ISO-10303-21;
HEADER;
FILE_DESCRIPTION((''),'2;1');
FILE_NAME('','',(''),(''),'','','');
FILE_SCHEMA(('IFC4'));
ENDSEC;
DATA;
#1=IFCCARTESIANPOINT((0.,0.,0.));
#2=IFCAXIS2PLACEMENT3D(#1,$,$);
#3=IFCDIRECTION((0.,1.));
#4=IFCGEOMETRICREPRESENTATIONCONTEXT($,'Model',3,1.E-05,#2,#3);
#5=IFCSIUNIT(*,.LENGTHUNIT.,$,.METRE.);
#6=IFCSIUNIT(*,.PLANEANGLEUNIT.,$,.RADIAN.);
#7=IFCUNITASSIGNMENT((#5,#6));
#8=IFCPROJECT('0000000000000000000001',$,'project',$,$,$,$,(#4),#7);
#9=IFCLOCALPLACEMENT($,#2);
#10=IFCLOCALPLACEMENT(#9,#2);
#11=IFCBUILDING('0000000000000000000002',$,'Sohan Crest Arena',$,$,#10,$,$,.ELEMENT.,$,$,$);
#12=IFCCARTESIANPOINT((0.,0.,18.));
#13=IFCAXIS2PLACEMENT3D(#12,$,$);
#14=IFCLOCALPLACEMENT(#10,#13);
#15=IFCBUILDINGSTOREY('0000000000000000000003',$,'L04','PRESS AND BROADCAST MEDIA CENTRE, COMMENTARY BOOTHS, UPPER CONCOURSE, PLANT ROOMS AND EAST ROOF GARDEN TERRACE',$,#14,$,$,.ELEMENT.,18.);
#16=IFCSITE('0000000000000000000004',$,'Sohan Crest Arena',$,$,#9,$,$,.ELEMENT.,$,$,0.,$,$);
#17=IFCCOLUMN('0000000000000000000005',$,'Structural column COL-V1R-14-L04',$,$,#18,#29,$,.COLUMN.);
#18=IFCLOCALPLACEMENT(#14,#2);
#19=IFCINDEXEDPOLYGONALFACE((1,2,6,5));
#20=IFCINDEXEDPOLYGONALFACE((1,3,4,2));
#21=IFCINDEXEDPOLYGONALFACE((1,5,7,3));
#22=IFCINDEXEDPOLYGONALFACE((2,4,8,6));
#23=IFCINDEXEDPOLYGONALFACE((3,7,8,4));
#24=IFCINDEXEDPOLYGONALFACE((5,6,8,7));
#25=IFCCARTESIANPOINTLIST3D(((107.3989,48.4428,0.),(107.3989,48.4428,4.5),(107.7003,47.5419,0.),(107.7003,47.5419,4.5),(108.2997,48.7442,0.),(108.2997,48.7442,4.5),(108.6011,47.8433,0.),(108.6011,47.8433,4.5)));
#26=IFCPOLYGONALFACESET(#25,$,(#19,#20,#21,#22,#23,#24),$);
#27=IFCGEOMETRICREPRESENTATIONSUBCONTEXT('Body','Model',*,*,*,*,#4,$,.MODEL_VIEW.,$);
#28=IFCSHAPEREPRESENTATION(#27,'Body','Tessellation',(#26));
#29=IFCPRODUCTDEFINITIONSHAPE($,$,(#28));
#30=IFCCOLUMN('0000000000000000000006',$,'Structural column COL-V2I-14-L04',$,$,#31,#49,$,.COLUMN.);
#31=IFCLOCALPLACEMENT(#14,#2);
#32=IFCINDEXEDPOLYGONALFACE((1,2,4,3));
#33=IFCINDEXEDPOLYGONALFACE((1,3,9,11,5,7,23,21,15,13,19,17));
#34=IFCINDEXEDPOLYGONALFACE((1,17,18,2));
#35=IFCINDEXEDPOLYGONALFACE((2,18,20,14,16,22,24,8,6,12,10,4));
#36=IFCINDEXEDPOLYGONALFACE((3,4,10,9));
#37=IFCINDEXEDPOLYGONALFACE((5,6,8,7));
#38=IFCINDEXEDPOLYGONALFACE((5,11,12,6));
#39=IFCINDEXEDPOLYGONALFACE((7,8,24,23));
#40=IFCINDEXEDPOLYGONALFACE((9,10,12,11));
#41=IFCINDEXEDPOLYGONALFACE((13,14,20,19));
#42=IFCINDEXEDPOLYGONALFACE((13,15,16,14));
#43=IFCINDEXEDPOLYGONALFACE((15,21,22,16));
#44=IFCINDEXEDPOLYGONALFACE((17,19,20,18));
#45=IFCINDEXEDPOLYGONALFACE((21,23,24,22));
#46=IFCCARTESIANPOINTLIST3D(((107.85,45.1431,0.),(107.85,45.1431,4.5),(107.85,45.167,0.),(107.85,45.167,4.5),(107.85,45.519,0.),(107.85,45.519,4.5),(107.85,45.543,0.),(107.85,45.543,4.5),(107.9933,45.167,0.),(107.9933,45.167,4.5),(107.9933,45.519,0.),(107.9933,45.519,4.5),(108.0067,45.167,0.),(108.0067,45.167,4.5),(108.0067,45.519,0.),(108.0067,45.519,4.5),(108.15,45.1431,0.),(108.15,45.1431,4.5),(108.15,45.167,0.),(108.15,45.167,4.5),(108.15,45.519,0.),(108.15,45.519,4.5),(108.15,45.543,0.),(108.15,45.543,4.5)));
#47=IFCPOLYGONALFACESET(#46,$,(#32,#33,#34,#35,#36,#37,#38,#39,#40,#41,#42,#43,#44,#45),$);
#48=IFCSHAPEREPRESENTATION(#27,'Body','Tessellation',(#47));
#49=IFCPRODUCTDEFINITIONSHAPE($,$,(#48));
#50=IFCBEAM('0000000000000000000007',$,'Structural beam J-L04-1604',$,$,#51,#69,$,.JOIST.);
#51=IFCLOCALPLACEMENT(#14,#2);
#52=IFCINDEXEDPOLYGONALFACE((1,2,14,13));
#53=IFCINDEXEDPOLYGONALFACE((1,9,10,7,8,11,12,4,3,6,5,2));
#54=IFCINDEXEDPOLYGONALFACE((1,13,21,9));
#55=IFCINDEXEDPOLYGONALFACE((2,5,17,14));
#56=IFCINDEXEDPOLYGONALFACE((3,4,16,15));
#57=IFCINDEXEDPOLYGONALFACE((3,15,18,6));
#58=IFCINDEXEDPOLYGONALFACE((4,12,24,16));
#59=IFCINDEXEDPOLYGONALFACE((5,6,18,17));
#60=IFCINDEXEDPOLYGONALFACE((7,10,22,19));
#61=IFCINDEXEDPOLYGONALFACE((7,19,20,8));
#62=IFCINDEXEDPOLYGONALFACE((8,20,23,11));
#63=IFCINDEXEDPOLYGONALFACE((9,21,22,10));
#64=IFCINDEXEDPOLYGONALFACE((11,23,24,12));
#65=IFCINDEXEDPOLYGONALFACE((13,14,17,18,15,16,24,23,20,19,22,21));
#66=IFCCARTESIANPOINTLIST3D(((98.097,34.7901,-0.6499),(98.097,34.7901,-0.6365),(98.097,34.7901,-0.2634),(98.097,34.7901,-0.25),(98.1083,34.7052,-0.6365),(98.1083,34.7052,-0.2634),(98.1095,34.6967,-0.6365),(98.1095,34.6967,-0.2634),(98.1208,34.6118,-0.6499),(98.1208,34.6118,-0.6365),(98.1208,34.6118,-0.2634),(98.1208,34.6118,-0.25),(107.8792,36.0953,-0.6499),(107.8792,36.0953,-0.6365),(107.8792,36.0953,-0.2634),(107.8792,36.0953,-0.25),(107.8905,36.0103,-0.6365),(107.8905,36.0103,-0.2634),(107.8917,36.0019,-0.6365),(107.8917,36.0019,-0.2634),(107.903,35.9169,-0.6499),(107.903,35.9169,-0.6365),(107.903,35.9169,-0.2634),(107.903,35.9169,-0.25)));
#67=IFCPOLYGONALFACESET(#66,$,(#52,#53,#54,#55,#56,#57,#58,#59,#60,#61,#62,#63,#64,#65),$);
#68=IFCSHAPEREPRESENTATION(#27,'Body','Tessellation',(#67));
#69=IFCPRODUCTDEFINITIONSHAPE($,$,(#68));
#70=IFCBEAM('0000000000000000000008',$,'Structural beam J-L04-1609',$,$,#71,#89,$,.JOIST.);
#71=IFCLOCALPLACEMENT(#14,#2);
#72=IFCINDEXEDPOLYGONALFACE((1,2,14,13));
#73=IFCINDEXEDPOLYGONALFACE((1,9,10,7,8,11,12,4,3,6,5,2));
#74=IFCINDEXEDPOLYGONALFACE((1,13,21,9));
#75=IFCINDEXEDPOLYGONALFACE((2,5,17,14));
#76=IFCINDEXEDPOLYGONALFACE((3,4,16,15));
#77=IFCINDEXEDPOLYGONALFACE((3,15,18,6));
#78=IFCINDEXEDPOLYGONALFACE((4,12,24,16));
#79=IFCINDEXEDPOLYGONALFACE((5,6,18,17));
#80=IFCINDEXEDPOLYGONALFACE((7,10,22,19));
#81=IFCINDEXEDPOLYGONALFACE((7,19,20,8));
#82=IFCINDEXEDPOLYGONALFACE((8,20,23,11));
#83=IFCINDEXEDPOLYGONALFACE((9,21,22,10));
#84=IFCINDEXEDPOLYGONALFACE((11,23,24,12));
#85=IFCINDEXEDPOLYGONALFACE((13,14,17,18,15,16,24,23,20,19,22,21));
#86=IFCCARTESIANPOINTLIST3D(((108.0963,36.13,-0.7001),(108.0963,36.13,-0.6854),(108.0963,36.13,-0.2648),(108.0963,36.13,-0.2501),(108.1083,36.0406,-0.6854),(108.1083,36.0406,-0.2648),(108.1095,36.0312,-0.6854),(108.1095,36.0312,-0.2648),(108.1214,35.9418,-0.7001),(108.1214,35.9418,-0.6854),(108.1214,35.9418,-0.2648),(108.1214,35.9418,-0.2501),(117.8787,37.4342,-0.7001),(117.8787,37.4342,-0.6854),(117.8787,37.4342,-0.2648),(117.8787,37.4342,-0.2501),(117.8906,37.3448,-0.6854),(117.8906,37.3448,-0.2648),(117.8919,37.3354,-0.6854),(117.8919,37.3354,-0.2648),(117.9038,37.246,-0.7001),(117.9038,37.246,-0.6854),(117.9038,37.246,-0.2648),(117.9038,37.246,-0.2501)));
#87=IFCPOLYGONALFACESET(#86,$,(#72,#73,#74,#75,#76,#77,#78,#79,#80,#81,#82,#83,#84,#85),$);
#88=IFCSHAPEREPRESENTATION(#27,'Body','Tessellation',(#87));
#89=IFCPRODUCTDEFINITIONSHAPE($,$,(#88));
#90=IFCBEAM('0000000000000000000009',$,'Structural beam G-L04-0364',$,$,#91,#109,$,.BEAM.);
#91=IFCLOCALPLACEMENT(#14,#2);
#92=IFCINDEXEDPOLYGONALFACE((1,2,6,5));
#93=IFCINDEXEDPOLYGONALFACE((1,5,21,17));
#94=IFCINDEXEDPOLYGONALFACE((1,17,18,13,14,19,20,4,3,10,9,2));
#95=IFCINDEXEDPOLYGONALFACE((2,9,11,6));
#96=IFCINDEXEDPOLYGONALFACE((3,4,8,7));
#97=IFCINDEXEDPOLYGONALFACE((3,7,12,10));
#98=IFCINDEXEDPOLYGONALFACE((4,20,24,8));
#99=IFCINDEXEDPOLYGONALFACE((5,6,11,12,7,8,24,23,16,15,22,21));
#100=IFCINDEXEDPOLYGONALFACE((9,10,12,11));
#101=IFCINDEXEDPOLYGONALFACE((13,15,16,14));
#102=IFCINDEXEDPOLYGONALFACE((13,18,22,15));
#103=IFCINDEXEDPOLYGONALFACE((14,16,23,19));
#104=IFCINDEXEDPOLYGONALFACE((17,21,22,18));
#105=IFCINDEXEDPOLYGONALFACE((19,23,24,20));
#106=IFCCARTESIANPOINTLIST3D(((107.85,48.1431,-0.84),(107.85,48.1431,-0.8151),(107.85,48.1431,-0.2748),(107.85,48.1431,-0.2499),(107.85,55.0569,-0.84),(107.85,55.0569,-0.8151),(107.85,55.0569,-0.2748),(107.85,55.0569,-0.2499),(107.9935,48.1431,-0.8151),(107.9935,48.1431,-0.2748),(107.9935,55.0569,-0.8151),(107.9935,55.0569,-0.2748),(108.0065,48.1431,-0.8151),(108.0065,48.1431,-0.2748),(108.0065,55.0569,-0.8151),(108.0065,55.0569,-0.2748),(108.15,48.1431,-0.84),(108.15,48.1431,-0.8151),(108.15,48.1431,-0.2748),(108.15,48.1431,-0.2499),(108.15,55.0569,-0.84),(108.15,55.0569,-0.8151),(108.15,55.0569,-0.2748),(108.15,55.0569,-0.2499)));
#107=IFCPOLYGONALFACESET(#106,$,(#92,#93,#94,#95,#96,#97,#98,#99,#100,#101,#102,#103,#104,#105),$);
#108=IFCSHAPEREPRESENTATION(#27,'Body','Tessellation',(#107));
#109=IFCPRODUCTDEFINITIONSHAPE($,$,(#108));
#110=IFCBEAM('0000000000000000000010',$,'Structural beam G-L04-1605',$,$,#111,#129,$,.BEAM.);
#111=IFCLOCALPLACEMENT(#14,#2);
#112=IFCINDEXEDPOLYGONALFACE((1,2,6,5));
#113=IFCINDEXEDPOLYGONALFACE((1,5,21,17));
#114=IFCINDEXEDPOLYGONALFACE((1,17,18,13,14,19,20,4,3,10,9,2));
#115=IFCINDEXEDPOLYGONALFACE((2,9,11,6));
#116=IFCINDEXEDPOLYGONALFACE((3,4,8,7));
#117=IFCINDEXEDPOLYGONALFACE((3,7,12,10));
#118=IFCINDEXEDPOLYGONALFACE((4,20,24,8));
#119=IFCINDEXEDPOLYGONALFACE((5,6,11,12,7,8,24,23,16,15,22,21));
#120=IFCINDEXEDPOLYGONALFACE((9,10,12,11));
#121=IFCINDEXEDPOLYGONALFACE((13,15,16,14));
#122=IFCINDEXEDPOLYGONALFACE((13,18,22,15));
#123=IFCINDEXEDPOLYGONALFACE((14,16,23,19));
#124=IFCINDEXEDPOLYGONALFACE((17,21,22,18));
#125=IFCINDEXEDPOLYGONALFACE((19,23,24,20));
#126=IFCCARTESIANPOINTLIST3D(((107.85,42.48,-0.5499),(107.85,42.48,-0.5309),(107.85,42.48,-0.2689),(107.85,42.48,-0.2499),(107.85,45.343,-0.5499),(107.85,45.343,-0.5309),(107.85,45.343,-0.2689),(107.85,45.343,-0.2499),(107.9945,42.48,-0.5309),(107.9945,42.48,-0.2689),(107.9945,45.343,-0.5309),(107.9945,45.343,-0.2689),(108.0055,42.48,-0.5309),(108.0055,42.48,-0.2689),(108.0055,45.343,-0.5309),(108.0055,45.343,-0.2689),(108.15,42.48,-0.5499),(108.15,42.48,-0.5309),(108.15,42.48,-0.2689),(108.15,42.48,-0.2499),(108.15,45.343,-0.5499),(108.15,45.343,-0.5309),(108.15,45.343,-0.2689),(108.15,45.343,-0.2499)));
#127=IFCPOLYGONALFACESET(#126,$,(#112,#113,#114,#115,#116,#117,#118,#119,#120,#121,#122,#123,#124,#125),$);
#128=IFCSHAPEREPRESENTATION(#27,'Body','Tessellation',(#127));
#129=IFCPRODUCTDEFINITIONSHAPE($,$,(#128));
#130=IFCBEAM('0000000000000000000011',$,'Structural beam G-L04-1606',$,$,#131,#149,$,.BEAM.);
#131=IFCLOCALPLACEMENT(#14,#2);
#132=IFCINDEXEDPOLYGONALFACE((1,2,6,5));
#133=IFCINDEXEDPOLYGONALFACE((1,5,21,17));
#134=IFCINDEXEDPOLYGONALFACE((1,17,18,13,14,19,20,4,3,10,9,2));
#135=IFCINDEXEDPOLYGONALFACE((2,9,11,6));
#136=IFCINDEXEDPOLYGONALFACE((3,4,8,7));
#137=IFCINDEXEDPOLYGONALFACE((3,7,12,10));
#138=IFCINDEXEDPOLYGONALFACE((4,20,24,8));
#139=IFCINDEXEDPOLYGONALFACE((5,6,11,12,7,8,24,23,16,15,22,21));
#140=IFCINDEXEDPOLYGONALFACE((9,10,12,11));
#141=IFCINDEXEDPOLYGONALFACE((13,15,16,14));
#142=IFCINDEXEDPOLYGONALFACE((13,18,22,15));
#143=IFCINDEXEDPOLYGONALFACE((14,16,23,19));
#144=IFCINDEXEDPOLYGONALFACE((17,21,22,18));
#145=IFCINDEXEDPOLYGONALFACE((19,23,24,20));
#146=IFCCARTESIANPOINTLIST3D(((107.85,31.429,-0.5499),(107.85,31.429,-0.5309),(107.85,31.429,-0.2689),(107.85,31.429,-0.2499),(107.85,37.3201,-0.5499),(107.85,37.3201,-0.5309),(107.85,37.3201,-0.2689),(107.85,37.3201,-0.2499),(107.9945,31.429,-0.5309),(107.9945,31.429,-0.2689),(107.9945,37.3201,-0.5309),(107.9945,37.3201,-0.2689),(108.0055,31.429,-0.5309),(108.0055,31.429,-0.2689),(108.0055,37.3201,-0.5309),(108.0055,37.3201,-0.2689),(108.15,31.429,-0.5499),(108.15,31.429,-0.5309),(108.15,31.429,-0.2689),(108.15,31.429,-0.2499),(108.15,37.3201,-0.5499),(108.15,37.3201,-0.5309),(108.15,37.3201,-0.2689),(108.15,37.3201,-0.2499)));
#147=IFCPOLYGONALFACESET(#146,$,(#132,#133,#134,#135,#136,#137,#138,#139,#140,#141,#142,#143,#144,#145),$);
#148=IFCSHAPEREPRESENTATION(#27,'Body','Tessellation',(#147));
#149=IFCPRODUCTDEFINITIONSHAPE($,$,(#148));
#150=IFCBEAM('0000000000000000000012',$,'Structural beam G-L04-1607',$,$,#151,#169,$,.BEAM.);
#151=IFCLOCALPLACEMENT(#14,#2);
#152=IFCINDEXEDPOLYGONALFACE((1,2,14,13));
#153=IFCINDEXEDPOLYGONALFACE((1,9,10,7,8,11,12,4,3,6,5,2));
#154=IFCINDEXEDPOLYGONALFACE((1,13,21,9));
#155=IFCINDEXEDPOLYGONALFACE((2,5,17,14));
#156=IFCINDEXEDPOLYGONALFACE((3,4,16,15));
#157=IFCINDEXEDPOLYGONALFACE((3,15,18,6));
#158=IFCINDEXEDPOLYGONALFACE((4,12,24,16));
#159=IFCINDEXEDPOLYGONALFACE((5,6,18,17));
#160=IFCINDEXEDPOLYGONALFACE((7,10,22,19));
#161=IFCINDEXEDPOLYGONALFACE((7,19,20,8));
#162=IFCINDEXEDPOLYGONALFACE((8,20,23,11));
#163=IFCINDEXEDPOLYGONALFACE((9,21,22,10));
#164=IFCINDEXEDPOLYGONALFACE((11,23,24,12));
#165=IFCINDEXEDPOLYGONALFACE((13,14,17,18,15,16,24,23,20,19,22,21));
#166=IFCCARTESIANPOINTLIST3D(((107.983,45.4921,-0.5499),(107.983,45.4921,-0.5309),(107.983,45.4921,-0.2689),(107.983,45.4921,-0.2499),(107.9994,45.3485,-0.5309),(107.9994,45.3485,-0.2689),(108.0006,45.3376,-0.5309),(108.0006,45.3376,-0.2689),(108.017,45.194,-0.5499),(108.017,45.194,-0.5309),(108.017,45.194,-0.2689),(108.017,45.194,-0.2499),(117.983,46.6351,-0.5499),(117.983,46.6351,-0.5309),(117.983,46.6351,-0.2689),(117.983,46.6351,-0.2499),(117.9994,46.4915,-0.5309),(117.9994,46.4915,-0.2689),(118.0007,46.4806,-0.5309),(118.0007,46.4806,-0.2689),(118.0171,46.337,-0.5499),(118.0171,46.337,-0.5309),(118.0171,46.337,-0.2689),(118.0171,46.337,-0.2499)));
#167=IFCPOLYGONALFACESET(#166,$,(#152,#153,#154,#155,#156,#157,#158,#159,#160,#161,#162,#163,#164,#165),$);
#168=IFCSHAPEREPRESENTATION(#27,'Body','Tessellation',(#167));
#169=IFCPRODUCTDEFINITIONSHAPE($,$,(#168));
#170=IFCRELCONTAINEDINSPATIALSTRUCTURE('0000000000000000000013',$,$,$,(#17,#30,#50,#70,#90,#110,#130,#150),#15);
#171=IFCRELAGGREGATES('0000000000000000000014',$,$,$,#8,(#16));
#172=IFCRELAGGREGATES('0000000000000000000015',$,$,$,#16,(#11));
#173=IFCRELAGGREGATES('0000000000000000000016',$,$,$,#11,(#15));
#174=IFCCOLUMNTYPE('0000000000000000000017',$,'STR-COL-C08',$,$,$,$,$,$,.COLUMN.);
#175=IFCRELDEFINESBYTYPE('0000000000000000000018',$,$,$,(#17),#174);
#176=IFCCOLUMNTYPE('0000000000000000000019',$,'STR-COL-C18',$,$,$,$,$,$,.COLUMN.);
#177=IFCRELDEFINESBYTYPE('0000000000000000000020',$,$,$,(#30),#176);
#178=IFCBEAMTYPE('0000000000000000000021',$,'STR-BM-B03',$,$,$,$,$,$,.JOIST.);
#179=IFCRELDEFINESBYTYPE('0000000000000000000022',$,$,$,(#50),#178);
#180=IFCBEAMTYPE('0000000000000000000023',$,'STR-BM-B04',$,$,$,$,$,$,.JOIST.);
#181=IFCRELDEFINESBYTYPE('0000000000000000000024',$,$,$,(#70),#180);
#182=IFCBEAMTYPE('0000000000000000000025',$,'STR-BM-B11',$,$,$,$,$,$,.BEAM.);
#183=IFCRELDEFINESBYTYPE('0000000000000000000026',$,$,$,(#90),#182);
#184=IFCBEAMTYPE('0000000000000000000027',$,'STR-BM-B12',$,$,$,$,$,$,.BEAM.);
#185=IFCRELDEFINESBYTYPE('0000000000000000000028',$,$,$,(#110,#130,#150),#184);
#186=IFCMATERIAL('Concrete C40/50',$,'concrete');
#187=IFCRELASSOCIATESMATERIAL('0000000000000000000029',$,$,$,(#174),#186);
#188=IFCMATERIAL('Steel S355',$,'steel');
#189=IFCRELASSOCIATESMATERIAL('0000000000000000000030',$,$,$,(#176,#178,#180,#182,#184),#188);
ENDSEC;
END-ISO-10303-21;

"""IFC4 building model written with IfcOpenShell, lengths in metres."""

from ifc_helpers import new_model, si_unit, direction, frame, origin, origin_2d, place, context, subcontext, project, spatial, rectangle, i_section, extrude, material, material_profile, profile_set, type_object, element, save


model = new_model("IFC4")

# Units and contexts
model_context = context("Model", 3, precision=1e-05, world=origin(), true_north=direction((0.0, 1.0)))
body_context = subcontext(model_context, "Body", "Model", "MODEL_VIEW")
ifc_project = project(units=[si_unit("LENGTHUNIT", "METRE"), si_unit("PLANEANGLEUNIT", "RADIAN")], contexts=[model_context])

# Site, building, storey
site_placement = place(None, origin())
site = spatial("IfcSite", under=ifc_project, at=site_placement, Name="Sohan Crest Arena", CompositionType="ELEMENT", RefElevation=0.0)
building_placement = place(site_placement, origin())
building = spatial("IfcBuilding", under=site, at=building_placement, Name="Sohan Crest Arena", CompositionType="ELEMENT")
storey_placement = place(building_placement, frame((0.0, 0.0, 18.0)))
storey = spatial("IfcBuildingStorey", under=building, at=storey_placement, Name="L04", Description="PRESS AND BROADCAST MEDIA CENTRE, COMMENTARY BOOTHS, UPPER CONCOURSE, PLANT ROOMS AND EAST ROOF GARDEN TERRACE", CompositionType="ELEMENT", Elevation=18.0)

# Columns
ifc_material_1 = material(Name="Concrete C40/50", Category="concrete")
ifc_material_profile_1 = material_profile(ifc_material_1, rectangle(XDim=0.95, YDim=0.95, at=origin_2d()), Name="RC 950x950")
ifc_profile_set_1 = profile_set([ifc_material_profile_1], Name="Concrete C40/50")
column_type_1 = type_object("IfcColumnType", Name="STR-COL-C08", PredefinedType="COLUMN", material=ifc_profile_set_1)
column_1_placement = place(storey_placement, frame((108.0, 48.1431, 0.0), z_axis=(0.0, 0.0, 1.0), x_axis=(-0.317305, 0.948324, 0.0)))
element("IfcColumn", 1, at=column_1_placement, inside=storey, type_object=column_type_1, Name="Structural column COL-V1R-14-L04", PredefinedType="COLUMN", context=body_context, shape_type="SweptSolid", body=[
    extrude(rectangle(XDim=0.95, YDim=0.95, at=origin_2d()), origin(), (0.0, 0.0, 1.0), 4.5),
])
ifc_material_2 = material(Name="Steel S355", Category="steel")
ifc_material_profile_2 = material_profile(ifc_material_2, i_section(OverallWidth=0.3, OverallDepth=0.3999, WebThickness=0.0134, FlangeThickness=0.0239, at=origin_2d()), Name="HEB 400")
ifc_profile_set_2 = profile_set([ifc_material_profile_2], Name="Steel S355")
column_type_2 = type_object("IfcColumnType", Name="STR-COL-C18", PredefinedType="COLUMN", material=ifc_profile_set_2)
column_2_placement = place(storey_placement, frame((108.0, 45.343, 0.0), z_axis=(0.0, 0.0, 1.0), x_axis=(1.0, 0.0, 0.0)))
element("IfcColumn", 2, at=column_2_placement, inside=storey, type_object=column_type_2, Name="Structural column COL-V2I-14-L04", PredefinedType="COLUMN", context=body_context, shape_type="SweptSolid", body=[
    extrude(i_section(OverallWidth=0.3, OverallDepth=0.3999, WebThickness=0.0134, FlangeThickness=0.0239, at=origin_2d()), origin(), (0.0, 0.0, 1.0), 4.5),
])

# Beams
ifc_material_profile_3 = material_profile(ifc_material_2, i_section(OverallWidth=0.1799, OverallDepth=0.3999, WebThickness=0.0085, FlangeThickness=0.0134, at=origin_2d()), Name="IPE 400")
ifc_profile_set_3 = profile_set([ifc_material_profile_3], Name="Steel S355")
beam_type_1 = type_object("IfcBeamType", Name="STR-BM-B03", PredefinedType="JOIST", material=ifc_profile_set_3)
beam_1_placement = place(storey_placement, frame((98.1089, 34.7009, -0.45), z_axis=(0.991216, 0.132251, 0.0), x_axis=(-0.132251, 0.991216, 0.0)))
element("IfcBeam", 3, at=beam_1_placement, inside=storey, type_object=beam_type_1, Name="Structural beam J-L04-1604", PredefinedType="JOIST", context=body_context, shape_type="SweptSolid", body=[
    extrude(i_section(OverallWidth=0.1799, OverallDepth=0.3999, WebThickness=0.0085, FlangeThickness=0.0134, at=origin_2d()), origin(), (0.0, 0.0, 1.0), 9.8689),
])
ifc_material_profile_4 = material_profile(ifc_material_2, i_section(OverallWidth=0.1899, OverallDepth=0.45, WebThickness=0.0095, FlangeThickness=0.0146, at=origin_2d()), Name="IPE 450")
ifc_profile_set_4 = profile_set([ifc_material_profile_4], Name="Steel S355")
beam_type_2 = type_object("IfcBeamType", Name="STR-BM-B04", PredefinedType="JOIST", material=ifc_profile_set_4)
beam_2_placement = place(storey_placement, frame((108.1089, 36.0359, -0.4751), z_axis=(0.991229, 0.132154, 0.0), x_axis=(-0.132154, 0.991229, 0.0)))
element("IfcBeam", 4, at=beam_2_placement, inside=storey, type_object=beam_type_2, Name="Structural beam J-L04-1609", PredefinedType="JOIST", context=body_context, shape_type="SweptSolid", body=[
    extrude(i_section(OverallWidth=0.1899, OverallDepth=0.45, WebThickness=0.0095, FlangeThickness=0.0146, at=origin_2d()), origin(), (0.0, 0.0, 1.0), 9.8689),
])
ifc_material_profile_5 = material_profile(ifc_material_2, i_section(OverallWidth=0.3, OverallDepth=0.5901, WebThickness=0.0129, FlangeThickness=0.0249, at=origin_2d()), Name="HEA 600")
ifc_profile_set_5 = profile_set([ifc_material_profile_5], Name="Steel S355")
beam_type_3 = type_object("IfcBeamType", Name="STR-BM-B11", PredefinedType="BEAM", material=ifc_profile_set_5)
beam_3_placement = place(storey_placement, frame((108.0, 55.0569, -0.5449), z_axis=(0.0, -1.0, 0.0), x_axis=(1.0, 0.0, 0.0)))
element("IfcBeam", 5, at=beam_3_placement, inside=storey, type_object=beam_type_3, Name="Structural beam G-L04-0364", PredefinedType="BEAM", context=body_context, shape_type="SweptSolid", body=[
    extrude(i_section(OverallWidth=0.3, OverallDepth=0.5901, WebThickness=0.0129, FlangeThickness=0.0249, at=origin_2d()), origin(), (0.0, 0.0, 1.0), 6.9138),
])
ifc_material_profile_6 = material_profile(ifc_material_2, i_section(OverallWidth=0.3, OverallDepth=0.3, WebThickness=0.011, FlangeThickness=0.019, at=origin_2d()), Name="HEB 300")
ifc_profile_set_6 = profile_set([ifc_material_profile_6], Name="Steel S355")
beam_type_4 = type_object("IfcBeamType", Name="STR-BM-B12", PredefinedType="BEAM", material=ifc_profile_set_6)
beam_4_placement = place(storey_placement, frame((108.0, 45.343, -0.3999), z_axis=(0.0, -1.0, 0.0), x_axis=(1.0, 0.0, 0.0)))
element("IfcBeam", 6, at=beam_4_placement, inside=storey, type_object=beam_type_4, Name="Structural beam G-L04-1605", PredefinedType="BEAM", context=body_context, shape_type="SweptSolid", body=[
    extrude(i_section(OverallWidth=0.3, OverallDepth=0.3, WebThickness=0.011, FlangeThickness=0.019, at=origin_2d()), origin(), (0.0, 0.0, 1.0), 2.863),
])
beam_5_placement = place(storey_placement, frame((108.0, 37.3201, -0.3999), z_axis=(0.0, -1.0, 0.0), x_axis=(1.0, 0.0, 0.0)))
element("IfcBeam", 7, at=beam_5_placement, inside=storey, type_object=beam_type_4, Name="Structural beam G-L04-1606", PredefinedType="BEAM", context=body_context, shape_type="SweptSolid", body=[
    extrude(i_section(OverallWidth=0.3, OverallDepth=0.3, WebThickness=0.011, FlangeThickness=0.019, at=origin_2d()), origin(), (0.0, 0.0, 1.0), 5.8911),
])
beam_6_placement = place(storey_placement, frame((108.0, 45.343, -0.3999), z_axis=(0.99353, 0.113567, 0.0), x_axis=(-0.113567, 0.99353, 0.0)))
element("IfcBeam", 8, at=beam_6_placement, inside=storey, type_object=beam_type_4, Name="Structural beam G-L04-1607", PredefinedType="BEAM", context=body_context, shape_type="SweptSolid", body=[
    extrude(i_section(OverallWidth=0.3, OverallDepth=0.3, WebThickness=0.011, FlangeThickness=0.019, at=origin_2d()), origin(), (0.0, 0.0, 1.0), 10.0652),
])

save(model, "model.ifc")
